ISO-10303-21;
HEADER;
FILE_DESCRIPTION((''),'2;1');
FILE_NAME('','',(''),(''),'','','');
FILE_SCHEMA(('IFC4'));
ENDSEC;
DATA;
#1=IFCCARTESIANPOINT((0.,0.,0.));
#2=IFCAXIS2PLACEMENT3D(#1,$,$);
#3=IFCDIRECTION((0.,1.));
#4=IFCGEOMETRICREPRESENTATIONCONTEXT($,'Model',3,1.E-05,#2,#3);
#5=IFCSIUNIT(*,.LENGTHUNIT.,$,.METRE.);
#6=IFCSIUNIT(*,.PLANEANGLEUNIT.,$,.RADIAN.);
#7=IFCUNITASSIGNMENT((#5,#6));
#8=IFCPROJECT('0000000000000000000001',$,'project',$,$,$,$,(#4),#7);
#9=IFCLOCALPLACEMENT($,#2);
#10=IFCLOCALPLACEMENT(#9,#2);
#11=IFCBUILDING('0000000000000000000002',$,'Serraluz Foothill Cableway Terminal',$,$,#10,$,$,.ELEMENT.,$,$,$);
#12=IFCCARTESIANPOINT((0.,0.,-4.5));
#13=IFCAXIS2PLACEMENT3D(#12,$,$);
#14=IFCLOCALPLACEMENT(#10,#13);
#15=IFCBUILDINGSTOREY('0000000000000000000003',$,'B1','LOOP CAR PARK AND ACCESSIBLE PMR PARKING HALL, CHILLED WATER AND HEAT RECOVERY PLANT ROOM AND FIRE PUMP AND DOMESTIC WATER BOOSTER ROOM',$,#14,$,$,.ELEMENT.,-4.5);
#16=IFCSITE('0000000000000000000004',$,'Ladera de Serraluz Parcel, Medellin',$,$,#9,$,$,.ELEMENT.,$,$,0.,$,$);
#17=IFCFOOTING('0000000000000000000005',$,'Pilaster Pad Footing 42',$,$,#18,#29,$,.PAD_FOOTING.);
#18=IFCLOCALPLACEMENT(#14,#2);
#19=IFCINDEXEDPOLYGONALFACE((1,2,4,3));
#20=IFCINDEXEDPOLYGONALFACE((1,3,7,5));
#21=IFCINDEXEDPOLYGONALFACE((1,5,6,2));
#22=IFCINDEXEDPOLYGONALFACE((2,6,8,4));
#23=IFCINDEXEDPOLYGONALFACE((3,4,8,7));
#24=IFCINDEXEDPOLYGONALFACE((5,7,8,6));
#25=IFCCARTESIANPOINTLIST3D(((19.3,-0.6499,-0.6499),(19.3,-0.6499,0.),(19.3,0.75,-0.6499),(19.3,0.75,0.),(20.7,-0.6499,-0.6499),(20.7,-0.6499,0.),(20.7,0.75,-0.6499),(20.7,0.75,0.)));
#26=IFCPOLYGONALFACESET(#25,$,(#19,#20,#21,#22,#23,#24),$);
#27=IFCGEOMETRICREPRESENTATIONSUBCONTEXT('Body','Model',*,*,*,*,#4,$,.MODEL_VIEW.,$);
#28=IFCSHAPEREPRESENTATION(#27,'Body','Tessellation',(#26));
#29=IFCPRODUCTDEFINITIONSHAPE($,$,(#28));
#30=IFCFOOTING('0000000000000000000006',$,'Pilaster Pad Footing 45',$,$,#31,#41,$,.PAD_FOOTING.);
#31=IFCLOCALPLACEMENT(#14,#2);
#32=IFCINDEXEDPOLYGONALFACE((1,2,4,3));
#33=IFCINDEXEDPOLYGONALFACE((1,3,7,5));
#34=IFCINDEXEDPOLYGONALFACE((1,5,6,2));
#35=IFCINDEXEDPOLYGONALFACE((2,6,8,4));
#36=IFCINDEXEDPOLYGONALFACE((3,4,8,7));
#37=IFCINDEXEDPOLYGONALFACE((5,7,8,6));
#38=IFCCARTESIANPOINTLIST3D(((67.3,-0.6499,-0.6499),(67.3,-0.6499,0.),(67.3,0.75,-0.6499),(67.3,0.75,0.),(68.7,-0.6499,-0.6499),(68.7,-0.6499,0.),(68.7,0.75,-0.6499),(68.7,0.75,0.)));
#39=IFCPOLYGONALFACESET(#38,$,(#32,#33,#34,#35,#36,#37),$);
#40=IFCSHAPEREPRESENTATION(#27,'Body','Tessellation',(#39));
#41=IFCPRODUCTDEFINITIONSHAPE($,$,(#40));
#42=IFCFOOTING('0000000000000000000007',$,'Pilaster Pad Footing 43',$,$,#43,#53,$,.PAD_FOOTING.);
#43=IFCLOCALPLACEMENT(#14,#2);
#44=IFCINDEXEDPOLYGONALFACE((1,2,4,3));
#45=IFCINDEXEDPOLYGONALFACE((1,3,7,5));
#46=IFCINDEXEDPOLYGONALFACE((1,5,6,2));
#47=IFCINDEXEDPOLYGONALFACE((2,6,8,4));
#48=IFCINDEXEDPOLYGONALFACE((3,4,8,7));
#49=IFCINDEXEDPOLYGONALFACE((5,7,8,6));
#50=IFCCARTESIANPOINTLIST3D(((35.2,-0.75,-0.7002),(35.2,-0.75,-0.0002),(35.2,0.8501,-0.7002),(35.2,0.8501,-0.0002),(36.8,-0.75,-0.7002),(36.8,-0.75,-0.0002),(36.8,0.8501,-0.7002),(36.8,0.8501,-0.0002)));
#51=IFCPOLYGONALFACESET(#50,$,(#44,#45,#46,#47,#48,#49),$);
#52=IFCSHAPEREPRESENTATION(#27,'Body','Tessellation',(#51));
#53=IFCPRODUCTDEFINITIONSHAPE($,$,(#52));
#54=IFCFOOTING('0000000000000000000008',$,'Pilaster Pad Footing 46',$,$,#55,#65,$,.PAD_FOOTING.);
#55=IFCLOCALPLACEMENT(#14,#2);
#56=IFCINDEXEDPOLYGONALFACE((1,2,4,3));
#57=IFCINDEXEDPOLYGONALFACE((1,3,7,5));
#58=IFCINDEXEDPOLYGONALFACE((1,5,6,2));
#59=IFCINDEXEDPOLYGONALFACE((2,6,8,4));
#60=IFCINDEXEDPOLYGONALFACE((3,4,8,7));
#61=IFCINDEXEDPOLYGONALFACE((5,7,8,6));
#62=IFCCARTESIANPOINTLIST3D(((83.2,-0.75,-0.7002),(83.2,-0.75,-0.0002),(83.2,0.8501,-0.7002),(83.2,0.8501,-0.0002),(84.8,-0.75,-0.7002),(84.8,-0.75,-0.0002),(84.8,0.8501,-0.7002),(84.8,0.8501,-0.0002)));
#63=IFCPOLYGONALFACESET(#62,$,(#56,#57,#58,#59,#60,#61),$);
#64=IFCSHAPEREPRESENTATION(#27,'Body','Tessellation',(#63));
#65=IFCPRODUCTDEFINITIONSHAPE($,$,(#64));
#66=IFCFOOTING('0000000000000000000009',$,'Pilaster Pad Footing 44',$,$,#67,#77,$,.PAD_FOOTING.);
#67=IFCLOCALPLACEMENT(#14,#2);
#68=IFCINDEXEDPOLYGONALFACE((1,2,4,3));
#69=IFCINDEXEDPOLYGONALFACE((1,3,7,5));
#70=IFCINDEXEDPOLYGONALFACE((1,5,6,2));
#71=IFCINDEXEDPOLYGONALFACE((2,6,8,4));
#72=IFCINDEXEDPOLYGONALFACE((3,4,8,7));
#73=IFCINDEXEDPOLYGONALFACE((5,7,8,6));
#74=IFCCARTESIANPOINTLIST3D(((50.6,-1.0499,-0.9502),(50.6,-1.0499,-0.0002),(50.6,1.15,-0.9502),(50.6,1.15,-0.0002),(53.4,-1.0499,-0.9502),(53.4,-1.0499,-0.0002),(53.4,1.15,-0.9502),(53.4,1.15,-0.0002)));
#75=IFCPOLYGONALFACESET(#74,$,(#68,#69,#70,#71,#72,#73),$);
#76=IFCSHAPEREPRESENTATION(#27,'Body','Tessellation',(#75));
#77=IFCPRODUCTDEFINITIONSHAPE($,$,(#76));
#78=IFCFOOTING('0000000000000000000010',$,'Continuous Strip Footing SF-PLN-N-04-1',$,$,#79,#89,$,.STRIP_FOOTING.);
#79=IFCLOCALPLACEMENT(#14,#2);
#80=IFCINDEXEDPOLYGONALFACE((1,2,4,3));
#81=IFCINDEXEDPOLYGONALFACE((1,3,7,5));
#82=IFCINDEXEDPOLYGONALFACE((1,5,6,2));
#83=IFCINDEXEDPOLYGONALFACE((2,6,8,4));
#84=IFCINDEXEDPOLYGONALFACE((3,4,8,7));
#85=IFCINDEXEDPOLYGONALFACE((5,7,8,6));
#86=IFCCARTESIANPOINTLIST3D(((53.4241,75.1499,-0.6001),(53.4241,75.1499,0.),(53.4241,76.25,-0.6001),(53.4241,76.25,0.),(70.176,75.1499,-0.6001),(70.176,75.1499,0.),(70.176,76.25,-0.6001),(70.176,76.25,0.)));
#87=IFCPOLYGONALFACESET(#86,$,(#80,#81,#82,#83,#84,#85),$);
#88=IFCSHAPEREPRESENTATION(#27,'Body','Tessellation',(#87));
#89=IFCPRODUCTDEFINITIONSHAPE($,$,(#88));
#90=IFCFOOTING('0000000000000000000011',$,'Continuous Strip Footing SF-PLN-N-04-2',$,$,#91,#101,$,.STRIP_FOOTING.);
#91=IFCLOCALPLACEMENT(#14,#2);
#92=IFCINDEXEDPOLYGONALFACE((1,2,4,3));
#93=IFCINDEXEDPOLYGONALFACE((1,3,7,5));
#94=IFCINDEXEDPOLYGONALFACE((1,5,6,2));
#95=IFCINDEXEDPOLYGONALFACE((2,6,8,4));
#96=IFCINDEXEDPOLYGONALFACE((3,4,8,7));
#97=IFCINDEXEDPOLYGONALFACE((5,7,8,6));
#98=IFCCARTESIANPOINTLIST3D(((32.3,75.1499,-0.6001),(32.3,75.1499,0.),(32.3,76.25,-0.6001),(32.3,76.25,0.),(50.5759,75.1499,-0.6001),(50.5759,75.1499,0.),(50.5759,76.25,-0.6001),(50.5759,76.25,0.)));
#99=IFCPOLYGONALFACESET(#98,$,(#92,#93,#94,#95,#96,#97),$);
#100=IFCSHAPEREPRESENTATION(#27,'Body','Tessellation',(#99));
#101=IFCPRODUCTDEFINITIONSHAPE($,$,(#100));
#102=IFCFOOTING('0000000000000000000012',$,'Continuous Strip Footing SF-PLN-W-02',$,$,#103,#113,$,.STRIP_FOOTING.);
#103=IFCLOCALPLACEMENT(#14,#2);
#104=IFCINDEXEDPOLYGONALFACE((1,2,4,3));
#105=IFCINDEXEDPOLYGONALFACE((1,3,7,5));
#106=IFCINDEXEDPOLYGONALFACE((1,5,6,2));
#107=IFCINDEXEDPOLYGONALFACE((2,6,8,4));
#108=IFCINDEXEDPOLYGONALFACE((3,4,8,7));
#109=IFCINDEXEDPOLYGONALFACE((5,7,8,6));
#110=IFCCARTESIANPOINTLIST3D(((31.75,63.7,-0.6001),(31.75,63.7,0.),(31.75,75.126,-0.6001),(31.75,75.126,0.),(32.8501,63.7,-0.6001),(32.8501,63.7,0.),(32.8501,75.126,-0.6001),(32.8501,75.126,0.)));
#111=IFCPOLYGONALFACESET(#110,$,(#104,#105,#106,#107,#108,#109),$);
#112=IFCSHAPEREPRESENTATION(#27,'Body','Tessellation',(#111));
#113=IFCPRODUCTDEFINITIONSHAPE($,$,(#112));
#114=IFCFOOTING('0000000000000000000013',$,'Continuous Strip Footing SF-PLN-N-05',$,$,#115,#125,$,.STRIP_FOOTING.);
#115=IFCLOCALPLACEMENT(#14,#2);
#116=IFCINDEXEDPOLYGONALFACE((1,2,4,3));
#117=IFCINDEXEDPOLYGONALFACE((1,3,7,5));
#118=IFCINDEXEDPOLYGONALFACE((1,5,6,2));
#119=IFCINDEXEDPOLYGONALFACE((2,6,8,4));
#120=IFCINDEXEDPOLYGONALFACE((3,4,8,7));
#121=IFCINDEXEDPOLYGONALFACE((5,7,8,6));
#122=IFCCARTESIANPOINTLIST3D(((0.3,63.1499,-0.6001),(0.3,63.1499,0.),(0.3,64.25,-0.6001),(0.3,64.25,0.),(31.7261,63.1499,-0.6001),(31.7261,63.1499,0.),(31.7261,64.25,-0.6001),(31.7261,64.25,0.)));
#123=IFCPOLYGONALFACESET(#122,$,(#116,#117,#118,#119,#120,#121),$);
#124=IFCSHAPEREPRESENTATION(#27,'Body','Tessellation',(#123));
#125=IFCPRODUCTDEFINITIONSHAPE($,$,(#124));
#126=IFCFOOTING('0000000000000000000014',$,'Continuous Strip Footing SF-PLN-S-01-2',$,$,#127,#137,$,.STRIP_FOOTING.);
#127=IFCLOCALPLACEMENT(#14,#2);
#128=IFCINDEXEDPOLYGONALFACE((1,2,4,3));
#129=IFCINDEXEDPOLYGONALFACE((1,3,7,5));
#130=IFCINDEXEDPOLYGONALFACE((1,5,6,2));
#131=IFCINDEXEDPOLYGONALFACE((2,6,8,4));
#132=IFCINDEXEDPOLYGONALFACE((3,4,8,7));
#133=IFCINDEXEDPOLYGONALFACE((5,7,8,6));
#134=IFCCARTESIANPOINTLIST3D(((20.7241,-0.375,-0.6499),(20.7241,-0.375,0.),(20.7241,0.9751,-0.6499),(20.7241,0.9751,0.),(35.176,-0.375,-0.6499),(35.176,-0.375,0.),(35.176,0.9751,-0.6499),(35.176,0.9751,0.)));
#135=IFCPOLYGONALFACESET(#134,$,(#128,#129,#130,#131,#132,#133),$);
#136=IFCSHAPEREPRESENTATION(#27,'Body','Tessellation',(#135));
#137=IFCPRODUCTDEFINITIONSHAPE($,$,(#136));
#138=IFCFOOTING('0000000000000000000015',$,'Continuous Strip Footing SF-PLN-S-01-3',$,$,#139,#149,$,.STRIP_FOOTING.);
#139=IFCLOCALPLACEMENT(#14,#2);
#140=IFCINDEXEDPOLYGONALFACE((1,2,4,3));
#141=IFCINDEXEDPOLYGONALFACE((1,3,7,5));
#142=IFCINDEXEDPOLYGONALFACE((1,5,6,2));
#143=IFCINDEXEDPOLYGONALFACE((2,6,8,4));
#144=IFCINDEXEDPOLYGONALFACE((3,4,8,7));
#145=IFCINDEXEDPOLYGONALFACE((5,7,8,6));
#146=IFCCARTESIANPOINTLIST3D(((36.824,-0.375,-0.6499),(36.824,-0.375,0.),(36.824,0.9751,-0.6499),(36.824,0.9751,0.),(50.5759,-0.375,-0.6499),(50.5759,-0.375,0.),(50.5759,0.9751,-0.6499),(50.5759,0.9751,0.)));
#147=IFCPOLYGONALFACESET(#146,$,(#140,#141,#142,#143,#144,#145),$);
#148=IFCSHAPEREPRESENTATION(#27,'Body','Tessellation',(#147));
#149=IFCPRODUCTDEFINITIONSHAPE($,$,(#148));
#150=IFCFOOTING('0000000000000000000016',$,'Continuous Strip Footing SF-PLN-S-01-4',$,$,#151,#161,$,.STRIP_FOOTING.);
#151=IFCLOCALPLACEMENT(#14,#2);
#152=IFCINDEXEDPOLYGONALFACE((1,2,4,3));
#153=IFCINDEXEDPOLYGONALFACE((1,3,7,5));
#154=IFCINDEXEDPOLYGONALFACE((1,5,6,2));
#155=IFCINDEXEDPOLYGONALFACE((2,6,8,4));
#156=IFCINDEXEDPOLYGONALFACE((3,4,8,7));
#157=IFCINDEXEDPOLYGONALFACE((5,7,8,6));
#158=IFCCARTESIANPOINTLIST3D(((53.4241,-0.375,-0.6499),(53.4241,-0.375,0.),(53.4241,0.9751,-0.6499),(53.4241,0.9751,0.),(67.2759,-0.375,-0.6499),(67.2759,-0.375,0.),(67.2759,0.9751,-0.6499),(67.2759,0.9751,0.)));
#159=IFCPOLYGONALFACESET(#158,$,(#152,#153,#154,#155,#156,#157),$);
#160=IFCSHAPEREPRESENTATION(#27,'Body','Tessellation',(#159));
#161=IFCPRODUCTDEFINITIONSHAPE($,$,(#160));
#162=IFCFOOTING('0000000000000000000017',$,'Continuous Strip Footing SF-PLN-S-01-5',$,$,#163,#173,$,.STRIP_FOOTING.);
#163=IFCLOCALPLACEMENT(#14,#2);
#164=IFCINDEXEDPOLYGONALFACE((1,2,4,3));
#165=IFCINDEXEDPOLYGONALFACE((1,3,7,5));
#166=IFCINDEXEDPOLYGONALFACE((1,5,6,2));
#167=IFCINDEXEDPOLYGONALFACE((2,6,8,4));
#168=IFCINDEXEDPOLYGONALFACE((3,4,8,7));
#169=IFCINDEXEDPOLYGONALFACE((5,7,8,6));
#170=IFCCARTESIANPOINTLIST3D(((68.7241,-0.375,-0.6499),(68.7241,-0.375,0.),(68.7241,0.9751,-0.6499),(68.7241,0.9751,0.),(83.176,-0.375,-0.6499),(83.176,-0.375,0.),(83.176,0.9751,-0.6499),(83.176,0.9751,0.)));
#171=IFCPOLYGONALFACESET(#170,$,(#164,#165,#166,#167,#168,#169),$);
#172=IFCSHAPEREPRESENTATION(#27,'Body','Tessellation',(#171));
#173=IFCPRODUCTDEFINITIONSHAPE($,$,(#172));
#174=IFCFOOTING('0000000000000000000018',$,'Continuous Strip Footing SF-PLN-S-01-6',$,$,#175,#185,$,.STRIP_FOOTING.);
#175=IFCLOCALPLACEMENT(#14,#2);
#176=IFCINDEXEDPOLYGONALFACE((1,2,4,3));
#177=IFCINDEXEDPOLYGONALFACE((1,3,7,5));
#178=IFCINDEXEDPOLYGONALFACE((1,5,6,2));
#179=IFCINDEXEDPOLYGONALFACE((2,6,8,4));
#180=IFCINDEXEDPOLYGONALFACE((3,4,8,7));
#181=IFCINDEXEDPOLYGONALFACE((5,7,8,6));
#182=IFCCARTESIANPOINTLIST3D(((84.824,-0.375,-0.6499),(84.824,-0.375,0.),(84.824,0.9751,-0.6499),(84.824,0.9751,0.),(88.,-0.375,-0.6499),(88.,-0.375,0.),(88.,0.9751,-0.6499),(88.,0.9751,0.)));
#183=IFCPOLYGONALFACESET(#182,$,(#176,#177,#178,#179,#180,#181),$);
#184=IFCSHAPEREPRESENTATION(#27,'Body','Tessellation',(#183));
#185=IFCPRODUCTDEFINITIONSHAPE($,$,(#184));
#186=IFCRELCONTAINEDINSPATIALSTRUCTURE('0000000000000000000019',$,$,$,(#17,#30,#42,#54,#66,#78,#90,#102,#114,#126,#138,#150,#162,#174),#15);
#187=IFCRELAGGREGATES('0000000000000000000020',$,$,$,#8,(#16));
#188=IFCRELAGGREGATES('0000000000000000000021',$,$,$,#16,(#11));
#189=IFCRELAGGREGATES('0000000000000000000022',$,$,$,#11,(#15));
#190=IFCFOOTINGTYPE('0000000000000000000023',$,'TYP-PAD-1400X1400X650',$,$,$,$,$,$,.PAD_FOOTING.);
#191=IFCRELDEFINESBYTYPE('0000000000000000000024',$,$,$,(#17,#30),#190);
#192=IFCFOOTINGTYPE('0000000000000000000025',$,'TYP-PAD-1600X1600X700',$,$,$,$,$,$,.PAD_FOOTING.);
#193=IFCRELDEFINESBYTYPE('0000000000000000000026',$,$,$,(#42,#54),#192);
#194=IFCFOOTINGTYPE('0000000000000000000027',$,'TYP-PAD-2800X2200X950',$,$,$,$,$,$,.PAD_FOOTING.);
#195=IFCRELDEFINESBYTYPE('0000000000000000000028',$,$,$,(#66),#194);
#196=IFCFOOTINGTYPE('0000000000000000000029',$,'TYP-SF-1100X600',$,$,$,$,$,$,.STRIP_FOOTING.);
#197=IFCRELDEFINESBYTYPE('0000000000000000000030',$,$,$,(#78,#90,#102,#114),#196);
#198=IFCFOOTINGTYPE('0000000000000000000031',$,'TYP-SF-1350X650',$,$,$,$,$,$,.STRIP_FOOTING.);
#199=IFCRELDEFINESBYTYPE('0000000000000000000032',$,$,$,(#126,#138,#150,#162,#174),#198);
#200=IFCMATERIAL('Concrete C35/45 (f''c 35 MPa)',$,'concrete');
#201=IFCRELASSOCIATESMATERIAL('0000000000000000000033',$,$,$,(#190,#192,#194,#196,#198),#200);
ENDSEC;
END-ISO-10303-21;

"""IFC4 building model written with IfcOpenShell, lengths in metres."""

from ifc_helpers import new_model, si_unit, direction, frame, origin, origin_2d, place, context, subcontext, project, spatial, rectangle, extrude, material, material_profile, profile_set, type_object, element, save


model = new_model("IFC4")

# Units and contexts
model_context = context("Model", 3, precision=1e-05, world=origin(), true_north=direction((0.0, 1.0)))
body_context = subcontext(model_context, "Body", "Model", "MODEL_VIEW")
ifc_project = project(units=[si_unit("LENGTHUNIT", "METRE"), si_unit("PLANEANGLEUNIT", "RADIAN")], contexts=[model_context])

# Site, building, storey
site_placement = place(None, origin())
site = spatial("IfcSite", under=ifc_project, at=site_placement, Name="Ladera de Serraluz Parcel, Medellin", CompositionType="ELEMENT", RefElevation=0.0)
building_placement = place(site_placement, origin())
building = spatial("IfcBuilding", under=site, at=building_placement, Name="Serraluz Foothill Cableway Terminal", CompositionType="ELEMENT")
storey_placement = place(building_placement, frame((0.0, 0.0, -4.5)))
storey = spatial("IfcBuildingStorey", under=building, at=storey_placement, Name="B1", Description="LOOP CAR PARK AND ACCESSIBLE PMR PARKING HALL, CHILLED WATER AND HEAT RECOVERY PLANT ROOM AND FIRE PUMP AND DOMESTIC WATER BOOSTER ROOM", CompositionType="ELEMENT", Elevation=-4.5)

# Footings
ifc_material_1 = material(Name="Concrete C35/45 (f'c 35 MPa)", Category="concrete")
footing_type_1 = type_object("IfcFootingType", Name="TYP-PAD-1400X1400X650", PredefinedType="PAD_FOOTING", material=ifc_material_1)
for number, where, z_axis, x_axis, name in (
    (1, (20.0, 0.05, -0.6499), (0.0, 0.0, 1.0), (1.0, 0.0, 0.0), "Pilaster Pad Footing 42"),
    (2, (68.0, 0.05, -0.6499), (0.0, 0.0, 1.0), (1.0, 0.0, 0.0), "Pilaster Pad Footing 45"),
):
    element("IfcFooting", number, at=place(storey_placement, frame(where, z_axis=z_axis, x_axis=x_axis)), inside=storey, type_object=footing_type_1, Name=name, PredefinedType="PAD_FOOTING", context=body_context, shape_type="SweptSolid", body=[
        extrude(rectangle(XDim=1.3999, YDim=1.3999, at=origin_2d()), origin(), (0.0, 0.0, 1.0), 0.6499),
    ])
footing_type_2 = type_object("IfcFootingType", Name="TYP-PAD-1600X1600X700", PredefinedType="PAD_FOOTING", material=ifc_material_1)
for number, where, z_axis, x_axis, name in (
    (3, (36.0, 0.05, -0.7002), (0.0, 0.0, 1.0), (1.0, 0.0, 0.0), "Pilaster Pad Footing 43"),
    (4, (84.0, 0.05, -0.7002), (0.0, 0.0, 1.0), (1.0, 0.0, 0.0), "Pilaster Pad Footing 46"),
):
    element("IfcFooting", number, at=place(storey_placement, frame(where, z_axis=z_axis, x_axis=x_axis)), inside=storey, type_object=footing_type_2, Name=name, PredefinedType="PAD_FOOTING", context=body_context, shape_type="SweptSolid", body=[
        extrude(rectangle(XDim=1.6001, YDim=1.6001, at=origin_2d()), origin(), (0.0, 0.0, 1.0), 0.7),
    ])
footing_type_3 = type_object("IfcFootingType", Name="TYP-PAD-2800X2200X950", PredefinedType="PAD_FOOTING", material=ifc_material_1)
footing_1_placement = place(storey_placement, frame((52.0, 0.05, -0.9502), z_axis=(0.0, 0.0, 1.0), x_axis=(1.0, 0.0, 0.0)))
element("IfcFooting", 5, at=footing_1_placement, inside=storey, type_object=footing_type_3, Name="Pilaster Pad Footing 44", PredefinedType="PAD_FOOTING", context=body_context, shape_type="SweptSolid", body=[
    extrude(rectangle(XDim=2.8, YDim=2.2, at=origin_2d()), origin(), (0.0, 0.0, 1.0), 0.95),
])
ifc_material_profile_1 = material_profile(ifc_material_1, rectangle(XDim=1.1001, YDim=0.6001, at=origin_2d()), Name="SF 1100x600")
ifc_profile_set_1 = profile_set([ifc_material_profile_1], Name="Concrete C35/45 (f'c 35 MPa)")
footing_type_4 = type_object("IfcFootingType", Name="TYP-SF-1100X600", PredefinedType="STRIP_FOOTING", material=ifc_profile_set_1)
footing_2_placement = place(storey_placement, frame((70.176, 75.7, -0.3), z_axis=(-1.0, 0.0, 0.0), x_axis=(0.0, -1.0, 0.0)))
element("IfcFooting", 6, at=footing_2_placement, inside=storey, type_object=footing_type_4, Name="Continuous Strip Footing SF-PLN-N-04-1", PredefinedType="STRIP_FOOTING", context=body_context, shape_type="SweptSolid", body=[
    extrude(rectangle(XDim=1.1001, YDim=0.6001, at=origin_2d()), origin(), (0.0, 0.0, 1.0), 16.752),
])
footing_3_placement = place(storey_placement, frame((50.5759, 75.7, -0.3), z_axis=(-1.0, 0.0, 0.0), x_axis=(0.0, -1.0, 0.0)))
element("IfcFooting", 7, at=footing_3_placement, inside=storey, type_object=footing_type_4, Name="Continuous Strip Footing SF-PLN-N-04-2", PredefinedType="STRIP_FOOTING", context=body_context, shape_type="SweptSolid", body=[
    extrude(rectangle(XDim=1.1001, YDim=0.6001, at=origin_2d()), origin(), (0.0, 0.0, 1.0), 18.2759),
])
footing_4_placement = place(storey_placement, frame((32.3, 75.126, -0.3), z_axis=(0.0, -1.0, 0.0), x_axis=(1.0, 0.0, 0.0)))
element("IfcFooting", 8, at=footing_4_placement, inside=storey, type_object=footing_type_4, Name="Continuous Strip Footing SF-PLN-W-02", PredefinedType="STRIP_FOOTING", context=body_context, shape_type="SweptSolid", body=[
    extrude(rectangle(XDim=1.1001, YDim=0.6001, at=origin_2d()), origin(), (0.0, 0.0, 1.0), 11.426),
])
footing_5_placement = place(storey_placement, frame((31.7261, 63.7, -0.3), z_axis=(-1.0, 0.0, 0.0), x_axis=(0.0, -1.0, 0.0)))
element("IfcFooting", 9, at=footing_5_placement, inside=storey, type_object=footing_type_4, Name="Continuous Strip Footing SF-PLN-N-05", PredefinedType="STRIP_FOOTING", context=body_context, shape_type="SweptSolid", body=[
    extrude(rectangle(XDim=1.1001, YDim=0.6001, at=origin_2d()), origin(), (0.0, 0.0, 1.0), 31.426),
])
ifc_material_profile_2 = material_profile(ifc_material_1, rectangle(XDim=1.3501, YDim=0.6499, at=origin_2d()), Name="SF 1350x650")
ifc_profile_set_2 = profile_set([ifc_material_profile_2], Name="Concrete C35/45 (f'c 35 MPa)")
footing_type_5 = type_object("IfcFootingType", Name="TYP-SF-1350X650", PredefinedType="STRIP_FOOTING", material=ifc_profile_set_2)
footing_6_placement = place(storey_placement, frame((20.7241, 0.3, -0.325), z_axis=(1.0, 0.0, 0.0), x_axis=(0.0, 1.0, 0.0)))
element("IfcFooting", 10, at=footing_6_placement, inside=storey, type_object=footing_type_5, Name="Continuous Strip Footing SF-PLN-S-01-2", PredefinedType="STRIP_FOOTING", context=body_context, shape_type="SweptSolid", body=[
    extrude(rectangle(XDim=1.3501, YDim=0.6499, at=origin_2d()), origin(), (0.0, 0.0, 1.0), 14.4519),
])
footing_7_placement = place(storey_placement, frame((36.824, 0.3, -0.325), z_axis=(1.0, 0.0, 0.0), x_axis=(0.0, 1.0, 0.0)))
element("IfcFooting", 11, at=footing_7_placement, inside=storey, type_object=footing_type_5, Name="Continuous Strip Footing SF-PLN-S-01-3", PredefinedType="STRIP_FOOTING", context=body_context, shape_type="SweptSolid", body=[
    extrude(rectangle(XDim=1.3501, YDim=0.6499, at=origin_2d()), origin(), (0.0, 0.0, 1.0), 13.752),
])
footing_8_placement = place(storey_placement, frame((53.4241, 0.3, -0.325), z_axis=(1.0, 0.0, 0.0), x_axis=(0.0, 1.0, 0.0)))
element("IfcFooting", 12, at=footing_8_placement, inside=storey, type_object=footing_type_5, Name="Continuous Strip Footing SF-PLN-S-01-4", PredefinedType="STRIP_FOOTING", context=body_context, shape_type="SweptSolid", body=[
    extrude(rectangle(XDim=1.3501, YDim=0.6499, at=origin_2d()), origin(), (0.0, 0.0, 1.0), 13.8518),
])
footing_9_placement = place(storey_placement, frame((68.7241, 0.3, -0.325), z_axis=(1.0, 0.0, 0.0), x_axis=(0.0, 1.0, 0.0)))
element("IfcFooting", 13, at=footing_9_placement, inside=storey, type_object=footing_type_5, Name="Continuous Strip Footing SF-PLN-S-01-5", PredefinedType="STRIP_FOOTING", context=body_context, shape_type="SweptSolid", body=[
    extrude(rectangle(XDim=1.3501, YDim=0.6499, at=origin_2d()), origin(), (0.0, 0.0, 1.0), 14.4519),
])
footing_10_placement = place(storey_placement, frame((84.824, 0.3, -0.325), z_axis=(1.0, 0.0, 0.0), x_axis=(0.0, 1.0, 0.0)))
element("IfcFooting", 14, at=footing_10_placement, inside=storey, type_object=footing_type_5, Name="Continuous Strip Footing SF-PLN-S-01-6", PredefinedType="STRIP_FOOTING", context=body_context, shape_type="SweptSolid", body=[
    extrude(rectangle(XDim=1.3501, YDim=0.6499, at=origin_2d()), origin(), (0.0, 0.0, 1.0), 3.176),
])

save(model, "model.ifc")
